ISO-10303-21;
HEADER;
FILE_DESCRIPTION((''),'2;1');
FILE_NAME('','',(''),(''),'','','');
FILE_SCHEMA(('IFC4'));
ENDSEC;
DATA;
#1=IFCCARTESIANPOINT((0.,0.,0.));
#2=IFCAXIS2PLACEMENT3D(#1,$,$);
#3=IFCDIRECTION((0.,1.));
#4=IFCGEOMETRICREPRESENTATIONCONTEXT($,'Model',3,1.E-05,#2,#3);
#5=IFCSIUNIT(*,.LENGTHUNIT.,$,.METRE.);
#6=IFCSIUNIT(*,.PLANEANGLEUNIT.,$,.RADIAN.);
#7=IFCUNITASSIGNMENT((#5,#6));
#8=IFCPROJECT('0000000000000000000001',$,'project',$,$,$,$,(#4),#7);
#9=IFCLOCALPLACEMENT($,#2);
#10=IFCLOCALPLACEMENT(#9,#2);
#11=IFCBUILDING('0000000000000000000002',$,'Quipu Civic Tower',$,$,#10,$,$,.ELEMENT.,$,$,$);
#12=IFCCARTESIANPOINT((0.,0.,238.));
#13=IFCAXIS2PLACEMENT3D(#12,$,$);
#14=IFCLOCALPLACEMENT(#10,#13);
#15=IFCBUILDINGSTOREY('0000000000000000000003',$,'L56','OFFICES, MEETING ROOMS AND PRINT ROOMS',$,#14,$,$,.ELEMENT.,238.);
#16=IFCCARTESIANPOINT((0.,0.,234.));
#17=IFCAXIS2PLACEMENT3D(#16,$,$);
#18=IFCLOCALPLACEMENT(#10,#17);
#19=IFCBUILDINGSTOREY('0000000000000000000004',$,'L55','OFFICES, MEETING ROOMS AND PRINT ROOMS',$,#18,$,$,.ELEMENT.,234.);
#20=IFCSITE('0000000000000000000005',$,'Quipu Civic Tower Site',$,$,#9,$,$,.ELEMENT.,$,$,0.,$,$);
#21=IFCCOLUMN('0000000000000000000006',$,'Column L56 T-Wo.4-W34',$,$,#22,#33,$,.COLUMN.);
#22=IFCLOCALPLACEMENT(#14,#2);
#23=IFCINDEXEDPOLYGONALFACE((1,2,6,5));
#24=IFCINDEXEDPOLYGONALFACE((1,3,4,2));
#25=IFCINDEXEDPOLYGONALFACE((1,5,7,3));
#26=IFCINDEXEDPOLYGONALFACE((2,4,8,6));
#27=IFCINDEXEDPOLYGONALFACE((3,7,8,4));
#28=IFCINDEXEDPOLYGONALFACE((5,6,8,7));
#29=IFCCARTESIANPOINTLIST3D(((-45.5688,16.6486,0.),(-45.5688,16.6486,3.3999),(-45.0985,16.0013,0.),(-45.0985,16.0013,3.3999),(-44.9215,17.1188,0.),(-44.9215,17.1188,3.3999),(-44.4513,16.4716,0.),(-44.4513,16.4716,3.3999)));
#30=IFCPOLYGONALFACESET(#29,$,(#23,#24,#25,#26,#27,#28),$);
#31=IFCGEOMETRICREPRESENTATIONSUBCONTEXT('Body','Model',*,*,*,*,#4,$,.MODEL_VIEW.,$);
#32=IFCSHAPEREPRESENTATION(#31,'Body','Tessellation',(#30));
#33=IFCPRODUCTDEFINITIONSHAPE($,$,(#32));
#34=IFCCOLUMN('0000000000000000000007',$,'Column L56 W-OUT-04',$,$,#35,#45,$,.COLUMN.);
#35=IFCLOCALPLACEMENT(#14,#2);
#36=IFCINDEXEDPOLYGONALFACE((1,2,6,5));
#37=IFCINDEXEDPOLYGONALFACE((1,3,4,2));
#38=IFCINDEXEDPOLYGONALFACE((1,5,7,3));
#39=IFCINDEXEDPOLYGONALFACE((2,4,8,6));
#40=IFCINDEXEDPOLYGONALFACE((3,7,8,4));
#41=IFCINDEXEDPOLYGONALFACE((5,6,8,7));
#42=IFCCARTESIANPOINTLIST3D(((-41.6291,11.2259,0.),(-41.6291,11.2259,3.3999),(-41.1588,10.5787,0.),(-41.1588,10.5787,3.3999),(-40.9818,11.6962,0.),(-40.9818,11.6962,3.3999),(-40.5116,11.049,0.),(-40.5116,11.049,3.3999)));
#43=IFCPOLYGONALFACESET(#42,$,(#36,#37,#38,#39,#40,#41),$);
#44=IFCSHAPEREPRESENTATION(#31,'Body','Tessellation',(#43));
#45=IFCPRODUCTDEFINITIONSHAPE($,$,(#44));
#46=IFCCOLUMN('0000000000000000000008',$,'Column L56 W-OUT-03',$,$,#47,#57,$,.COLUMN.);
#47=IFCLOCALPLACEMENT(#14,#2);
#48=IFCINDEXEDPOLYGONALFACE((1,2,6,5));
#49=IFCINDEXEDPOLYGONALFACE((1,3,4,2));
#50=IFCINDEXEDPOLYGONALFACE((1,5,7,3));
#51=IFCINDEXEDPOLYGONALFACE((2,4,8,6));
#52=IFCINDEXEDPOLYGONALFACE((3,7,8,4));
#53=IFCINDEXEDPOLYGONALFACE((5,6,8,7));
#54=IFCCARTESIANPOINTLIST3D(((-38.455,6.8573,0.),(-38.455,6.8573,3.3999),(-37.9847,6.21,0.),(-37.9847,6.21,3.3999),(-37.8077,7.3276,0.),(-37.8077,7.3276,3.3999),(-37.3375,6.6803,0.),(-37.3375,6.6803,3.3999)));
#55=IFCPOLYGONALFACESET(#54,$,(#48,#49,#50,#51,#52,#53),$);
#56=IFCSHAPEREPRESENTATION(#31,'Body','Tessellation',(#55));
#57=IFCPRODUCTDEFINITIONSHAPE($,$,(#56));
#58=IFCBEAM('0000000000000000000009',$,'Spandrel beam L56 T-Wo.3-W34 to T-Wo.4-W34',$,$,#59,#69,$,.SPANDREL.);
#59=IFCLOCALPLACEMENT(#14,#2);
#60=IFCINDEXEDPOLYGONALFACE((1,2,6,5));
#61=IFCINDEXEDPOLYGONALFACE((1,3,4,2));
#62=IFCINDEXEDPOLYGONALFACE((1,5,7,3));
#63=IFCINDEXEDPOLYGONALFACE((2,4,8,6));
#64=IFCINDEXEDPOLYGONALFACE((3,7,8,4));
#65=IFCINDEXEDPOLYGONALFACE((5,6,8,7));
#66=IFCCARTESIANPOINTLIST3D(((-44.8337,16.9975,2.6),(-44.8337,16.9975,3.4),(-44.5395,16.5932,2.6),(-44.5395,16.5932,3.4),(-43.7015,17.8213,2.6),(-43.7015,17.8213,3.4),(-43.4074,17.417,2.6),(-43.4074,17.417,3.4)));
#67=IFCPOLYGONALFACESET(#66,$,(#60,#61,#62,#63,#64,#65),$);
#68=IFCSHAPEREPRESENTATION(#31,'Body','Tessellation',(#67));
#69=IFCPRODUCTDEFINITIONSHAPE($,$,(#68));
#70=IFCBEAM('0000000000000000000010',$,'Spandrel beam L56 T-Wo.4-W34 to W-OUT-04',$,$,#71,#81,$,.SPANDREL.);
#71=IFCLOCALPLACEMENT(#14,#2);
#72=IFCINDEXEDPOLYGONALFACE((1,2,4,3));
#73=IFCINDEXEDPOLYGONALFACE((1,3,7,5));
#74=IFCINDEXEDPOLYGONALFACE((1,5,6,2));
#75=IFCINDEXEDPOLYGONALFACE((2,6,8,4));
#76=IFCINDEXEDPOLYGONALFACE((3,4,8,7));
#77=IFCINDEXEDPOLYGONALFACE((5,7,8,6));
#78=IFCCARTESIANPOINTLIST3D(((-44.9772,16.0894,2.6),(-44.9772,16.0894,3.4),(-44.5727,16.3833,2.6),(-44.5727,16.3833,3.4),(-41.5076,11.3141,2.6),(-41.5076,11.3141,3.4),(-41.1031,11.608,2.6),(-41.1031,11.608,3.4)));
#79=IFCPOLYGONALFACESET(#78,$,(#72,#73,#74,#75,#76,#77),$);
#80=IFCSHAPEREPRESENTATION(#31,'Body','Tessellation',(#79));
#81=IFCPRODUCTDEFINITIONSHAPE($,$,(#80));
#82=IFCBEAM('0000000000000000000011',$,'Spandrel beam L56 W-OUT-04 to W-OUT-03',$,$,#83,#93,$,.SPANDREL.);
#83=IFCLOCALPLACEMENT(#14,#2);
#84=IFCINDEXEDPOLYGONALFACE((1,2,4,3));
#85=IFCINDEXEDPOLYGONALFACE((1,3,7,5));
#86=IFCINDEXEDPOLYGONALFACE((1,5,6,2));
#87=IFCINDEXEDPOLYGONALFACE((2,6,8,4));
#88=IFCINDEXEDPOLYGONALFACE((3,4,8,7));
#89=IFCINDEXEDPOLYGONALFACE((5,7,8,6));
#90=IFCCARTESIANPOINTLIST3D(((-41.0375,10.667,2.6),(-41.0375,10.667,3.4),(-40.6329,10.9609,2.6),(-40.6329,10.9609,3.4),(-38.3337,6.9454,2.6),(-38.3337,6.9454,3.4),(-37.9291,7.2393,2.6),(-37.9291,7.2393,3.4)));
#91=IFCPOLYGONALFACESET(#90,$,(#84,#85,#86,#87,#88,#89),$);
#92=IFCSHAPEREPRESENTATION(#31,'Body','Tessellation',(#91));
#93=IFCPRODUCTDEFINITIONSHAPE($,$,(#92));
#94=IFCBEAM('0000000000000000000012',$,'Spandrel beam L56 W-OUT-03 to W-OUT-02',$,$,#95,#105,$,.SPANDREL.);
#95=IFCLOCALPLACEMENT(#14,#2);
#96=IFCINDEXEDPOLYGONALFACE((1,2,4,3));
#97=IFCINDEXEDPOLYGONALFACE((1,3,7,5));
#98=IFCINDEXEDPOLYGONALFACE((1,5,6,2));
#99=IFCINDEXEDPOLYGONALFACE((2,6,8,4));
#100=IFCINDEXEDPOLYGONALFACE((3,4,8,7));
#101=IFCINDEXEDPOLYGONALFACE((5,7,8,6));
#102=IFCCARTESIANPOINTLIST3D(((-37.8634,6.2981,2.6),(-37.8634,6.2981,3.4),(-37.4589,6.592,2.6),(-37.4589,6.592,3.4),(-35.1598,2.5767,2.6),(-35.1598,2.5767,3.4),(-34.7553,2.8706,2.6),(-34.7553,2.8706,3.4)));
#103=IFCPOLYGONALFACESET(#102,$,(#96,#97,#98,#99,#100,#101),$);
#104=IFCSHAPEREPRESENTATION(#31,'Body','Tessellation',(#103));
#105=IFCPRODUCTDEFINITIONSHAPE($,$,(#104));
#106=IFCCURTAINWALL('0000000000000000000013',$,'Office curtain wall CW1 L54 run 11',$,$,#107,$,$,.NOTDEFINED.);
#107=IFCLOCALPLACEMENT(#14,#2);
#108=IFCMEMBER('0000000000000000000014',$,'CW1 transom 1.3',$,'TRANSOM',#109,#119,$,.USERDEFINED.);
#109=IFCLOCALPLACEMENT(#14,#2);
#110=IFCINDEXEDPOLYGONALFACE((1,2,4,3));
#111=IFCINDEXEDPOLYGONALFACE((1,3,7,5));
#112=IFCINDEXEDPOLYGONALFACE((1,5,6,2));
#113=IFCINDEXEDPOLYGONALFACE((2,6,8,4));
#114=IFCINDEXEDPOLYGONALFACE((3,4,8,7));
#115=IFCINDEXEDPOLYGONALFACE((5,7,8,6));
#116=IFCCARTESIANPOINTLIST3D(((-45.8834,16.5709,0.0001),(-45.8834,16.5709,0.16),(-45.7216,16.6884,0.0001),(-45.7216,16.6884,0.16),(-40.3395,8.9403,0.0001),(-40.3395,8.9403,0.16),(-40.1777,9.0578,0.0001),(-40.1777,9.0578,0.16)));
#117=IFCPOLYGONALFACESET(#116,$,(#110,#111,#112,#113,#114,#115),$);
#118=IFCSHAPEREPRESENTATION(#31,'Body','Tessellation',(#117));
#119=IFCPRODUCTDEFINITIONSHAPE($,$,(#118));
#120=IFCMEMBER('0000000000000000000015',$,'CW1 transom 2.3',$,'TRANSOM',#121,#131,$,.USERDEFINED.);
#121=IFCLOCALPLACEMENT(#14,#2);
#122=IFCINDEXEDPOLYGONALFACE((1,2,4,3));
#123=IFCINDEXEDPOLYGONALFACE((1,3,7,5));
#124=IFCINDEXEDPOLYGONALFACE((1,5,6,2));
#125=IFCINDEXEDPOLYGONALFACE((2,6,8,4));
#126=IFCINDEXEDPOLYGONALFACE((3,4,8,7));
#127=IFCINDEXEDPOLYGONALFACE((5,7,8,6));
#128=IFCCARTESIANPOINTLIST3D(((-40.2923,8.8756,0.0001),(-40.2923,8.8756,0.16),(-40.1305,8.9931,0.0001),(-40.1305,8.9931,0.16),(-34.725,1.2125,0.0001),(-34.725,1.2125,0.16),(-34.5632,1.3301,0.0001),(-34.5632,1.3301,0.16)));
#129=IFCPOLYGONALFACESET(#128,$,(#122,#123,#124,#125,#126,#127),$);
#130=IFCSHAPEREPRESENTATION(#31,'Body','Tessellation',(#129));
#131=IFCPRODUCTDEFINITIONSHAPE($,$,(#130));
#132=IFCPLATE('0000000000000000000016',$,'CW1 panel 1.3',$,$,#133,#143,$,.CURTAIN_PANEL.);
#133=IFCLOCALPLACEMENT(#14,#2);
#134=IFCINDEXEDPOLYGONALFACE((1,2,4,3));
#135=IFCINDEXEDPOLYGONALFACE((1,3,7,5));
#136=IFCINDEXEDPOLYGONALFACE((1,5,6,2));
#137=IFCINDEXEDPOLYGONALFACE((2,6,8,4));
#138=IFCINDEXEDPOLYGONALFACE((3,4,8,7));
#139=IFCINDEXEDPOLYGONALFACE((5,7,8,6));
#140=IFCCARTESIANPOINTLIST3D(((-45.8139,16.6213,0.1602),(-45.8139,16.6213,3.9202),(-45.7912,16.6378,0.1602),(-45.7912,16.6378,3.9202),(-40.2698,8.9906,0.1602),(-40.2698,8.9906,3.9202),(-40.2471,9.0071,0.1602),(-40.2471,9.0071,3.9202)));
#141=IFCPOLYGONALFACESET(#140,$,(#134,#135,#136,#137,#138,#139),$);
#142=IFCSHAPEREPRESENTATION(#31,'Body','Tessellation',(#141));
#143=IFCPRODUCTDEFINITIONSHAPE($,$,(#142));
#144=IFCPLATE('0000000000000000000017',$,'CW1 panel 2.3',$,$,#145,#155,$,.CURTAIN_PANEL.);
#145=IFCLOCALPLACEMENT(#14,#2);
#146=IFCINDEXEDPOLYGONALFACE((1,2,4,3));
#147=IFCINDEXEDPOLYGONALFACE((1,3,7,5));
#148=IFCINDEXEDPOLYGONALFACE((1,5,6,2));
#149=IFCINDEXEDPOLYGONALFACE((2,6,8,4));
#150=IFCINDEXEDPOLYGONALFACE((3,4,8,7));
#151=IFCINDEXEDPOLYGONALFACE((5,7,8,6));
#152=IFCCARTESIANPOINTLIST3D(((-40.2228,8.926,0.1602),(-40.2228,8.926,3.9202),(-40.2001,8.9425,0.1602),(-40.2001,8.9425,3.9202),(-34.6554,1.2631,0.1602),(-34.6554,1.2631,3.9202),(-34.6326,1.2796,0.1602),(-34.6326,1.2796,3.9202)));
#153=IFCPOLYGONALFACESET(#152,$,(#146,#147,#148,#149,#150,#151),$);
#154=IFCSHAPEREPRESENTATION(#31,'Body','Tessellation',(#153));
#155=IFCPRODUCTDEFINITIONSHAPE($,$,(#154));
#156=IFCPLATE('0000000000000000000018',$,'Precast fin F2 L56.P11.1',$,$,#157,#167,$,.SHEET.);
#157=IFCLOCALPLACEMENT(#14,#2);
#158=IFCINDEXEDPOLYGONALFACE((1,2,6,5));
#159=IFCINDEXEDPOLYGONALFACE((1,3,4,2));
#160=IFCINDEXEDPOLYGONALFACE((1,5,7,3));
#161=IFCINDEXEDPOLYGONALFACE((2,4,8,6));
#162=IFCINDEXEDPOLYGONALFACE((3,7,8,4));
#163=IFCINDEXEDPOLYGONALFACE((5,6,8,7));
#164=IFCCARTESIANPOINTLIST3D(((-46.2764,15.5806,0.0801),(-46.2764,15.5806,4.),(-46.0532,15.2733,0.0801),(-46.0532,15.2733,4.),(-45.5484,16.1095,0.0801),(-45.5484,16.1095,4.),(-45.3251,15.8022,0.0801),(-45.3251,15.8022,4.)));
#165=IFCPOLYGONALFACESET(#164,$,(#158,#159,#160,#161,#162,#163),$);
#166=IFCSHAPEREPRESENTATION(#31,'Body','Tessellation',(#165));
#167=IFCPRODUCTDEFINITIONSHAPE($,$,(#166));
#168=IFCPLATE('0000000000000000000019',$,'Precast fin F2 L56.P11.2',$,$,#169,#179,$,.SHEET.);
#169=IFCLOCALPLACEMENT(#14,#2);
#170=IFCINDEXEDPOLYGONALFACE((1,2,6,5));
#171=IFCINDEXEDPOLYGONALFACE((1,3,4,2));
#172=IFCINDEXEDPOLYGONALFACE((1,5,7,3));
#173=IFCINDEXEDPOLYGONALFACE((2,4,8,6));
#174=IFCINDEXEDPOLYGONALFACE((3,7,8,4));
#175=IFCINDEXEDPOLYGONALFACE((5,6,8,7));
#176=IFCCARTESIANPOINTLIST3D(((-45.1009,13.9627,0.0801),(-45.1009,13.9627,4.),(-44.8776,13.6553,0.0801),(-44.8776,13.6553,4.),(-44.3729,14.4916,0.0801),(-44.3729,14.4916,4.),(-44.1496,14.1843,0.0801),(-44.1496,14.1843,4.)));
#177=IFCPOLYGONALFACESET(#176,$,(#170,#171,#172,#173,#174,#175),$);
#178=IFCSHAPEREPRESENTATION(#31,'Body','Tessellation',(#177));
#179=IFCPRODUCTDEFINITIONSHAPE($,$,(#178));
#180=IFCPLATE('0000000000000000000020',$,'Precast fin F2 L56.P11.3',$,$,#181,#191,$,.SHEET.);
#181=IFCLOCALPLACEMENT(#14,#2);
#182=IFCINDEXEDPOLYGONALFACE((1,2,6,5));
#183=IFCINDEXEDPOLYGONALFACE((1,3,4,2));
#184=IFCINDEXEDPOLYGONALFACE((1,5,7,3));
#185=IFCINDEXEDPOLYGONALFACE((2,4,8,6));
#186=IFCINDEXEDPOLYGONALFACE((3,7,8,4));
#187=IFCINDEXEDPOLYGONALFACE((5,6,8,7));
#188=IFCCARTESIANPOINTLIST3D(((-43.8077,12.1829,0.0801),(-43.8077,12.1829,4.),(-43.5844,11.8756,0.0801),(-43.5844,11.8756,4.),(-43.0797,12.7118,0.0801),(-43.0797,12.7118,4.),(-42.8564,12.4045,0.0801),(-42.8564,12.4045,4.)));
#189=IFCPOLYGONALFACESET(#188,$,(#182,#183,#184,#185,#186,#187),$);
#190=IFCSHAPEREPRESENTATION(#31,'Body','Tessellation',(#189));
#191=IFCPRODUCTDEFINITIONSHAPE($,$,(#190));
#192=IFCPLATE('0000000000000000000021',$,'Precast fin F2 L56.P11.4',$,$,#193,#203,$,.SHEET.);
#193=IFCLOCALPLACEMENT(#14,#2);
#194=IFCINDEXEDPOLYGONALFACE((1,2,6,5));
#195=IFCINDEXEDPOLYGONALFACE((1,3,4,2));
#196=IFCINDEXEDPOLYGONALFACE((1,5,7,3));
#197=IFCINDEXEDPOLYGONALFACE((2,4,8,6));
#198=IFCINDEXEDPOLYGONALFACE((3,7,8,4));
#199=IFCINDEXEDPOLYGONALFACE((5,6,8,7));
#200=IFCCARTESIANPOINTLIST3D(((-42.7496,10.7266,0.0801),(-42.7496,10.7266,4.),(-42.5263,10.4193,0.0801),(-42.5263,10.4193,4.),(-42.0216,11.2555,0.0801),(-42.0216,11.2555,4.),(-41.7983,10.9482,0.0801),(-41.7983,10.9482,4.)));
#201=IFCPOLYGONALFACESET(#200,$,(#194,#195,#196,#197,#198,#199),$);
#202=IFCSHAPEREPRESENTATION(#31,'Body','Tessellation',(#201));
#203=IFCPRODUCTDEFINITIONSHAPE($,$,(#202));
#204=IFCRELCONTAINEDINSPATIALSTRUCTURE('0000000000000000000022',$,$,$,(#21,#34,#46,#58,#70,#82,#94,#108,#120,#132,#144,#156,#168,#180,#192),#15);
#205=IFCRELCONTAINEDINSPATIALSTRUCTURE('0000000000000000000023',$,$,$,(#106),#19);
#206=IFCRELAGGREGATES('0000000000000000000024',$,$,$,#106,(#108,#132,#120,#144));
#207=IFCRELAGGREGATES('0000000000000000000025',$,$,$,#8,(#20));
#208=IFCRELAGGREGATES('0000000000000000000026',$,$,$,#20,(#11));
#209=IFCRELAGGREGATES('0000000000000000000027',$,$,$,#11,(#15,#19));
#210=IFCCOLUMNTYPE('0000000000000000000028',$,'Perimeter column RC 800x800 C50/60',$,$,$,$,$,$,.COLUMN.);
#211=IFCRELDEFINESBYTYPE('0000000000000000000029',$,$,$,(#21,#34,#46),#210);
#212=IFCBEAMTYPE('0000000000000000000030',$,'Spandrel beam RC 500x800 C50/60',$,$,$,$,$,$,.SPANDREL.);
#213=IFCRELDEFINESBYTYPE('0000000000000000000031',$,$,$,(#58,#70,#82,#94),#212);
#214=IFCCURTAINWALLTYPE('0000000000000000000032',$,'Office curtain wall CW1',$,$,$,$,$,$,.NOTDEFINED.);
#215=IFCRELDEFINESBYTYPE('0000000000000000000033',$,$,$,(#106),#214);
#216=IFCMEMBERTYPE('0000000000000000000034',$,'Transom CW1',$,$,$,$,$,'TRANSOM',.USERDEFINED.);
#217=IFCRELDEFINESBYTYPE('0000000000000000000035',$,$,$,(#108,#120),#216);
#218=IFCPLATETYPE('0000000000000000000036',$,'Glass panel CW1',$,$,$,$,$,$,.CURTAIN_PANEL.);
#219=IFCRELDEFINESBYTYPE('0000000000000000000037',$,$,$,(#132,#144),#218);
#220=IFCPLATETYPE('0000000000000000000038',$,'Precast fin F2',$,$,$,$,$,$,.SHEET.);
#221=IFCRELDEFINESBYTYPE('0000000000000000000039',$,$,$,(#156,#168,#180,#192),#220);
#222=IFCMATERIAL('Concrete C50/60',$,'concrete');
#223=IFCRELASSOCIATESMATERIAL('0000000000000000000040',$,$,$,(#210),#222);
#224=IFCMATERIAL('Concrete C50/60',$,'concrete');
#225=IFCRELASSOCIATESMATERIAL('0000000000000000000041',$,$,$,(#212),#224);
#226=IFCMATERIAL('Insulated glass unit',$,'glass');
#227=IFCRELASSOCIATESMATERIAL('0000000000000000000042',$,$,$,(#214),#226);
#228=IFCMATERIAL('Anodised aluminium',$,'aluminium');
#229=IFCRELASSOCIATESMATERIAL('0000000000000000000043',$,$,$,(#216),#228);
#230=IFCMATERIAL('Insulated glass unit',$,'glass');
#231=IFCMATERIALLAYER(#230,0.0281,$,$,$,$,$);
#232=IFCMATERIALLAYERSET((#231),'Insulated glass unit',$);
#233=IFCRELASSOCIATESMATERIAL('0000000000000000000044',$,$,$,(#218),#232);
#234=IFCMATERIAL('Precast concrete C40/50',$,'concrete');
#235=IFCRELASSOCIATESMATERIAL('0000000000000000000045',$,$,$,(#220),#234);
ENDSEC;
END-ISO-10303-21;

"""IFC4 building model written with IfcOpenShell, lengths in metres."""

from ifc_helpers import new_model, si_unit, direction, frame, origin, origin_2d, place, context, subcontext, project, spatial, rectangle, extrude, material, layer, layer_set, material_profile, profile_set, type_object, element, aggregate, save


model = new_model("IFC4")

# Units and contexts
model_context = context("Model", 3, precision=1e-05, world=origin(), true_north=direction((0.0, 1.0)))
body_context = subcontext(model_context, "Body", "Model", "MODEL_VIEW")
ifc_project = project(units=[si_unit("LENGTHUNIT", "METRE"), si_unit("PLANEANGLEUNIT", "RADIAN")], contexts=[model_context])

# Site, building, storey
site_placement = place(None, origin())
site = spatial("IfcSite", under=ifc_project, at=site_placement, Name="Quipu Civic Tower Site", CompositionType="ELEMENT", RefElevation=0.0)
building_placement = place(site_placement, origin())
building = spatial("IfcBuilding", under=site, at=building_placement, Name="Quipu Civic Tower", CompositionType="ELEMENT")
storey_1_placement = place(building_placement, frame((0.0, 0.0, 238.0)))
storey_1 = spatial("IfcBuildingStorey", under=building, at=storey_1_placement, Name="L56", Description="OFFICES, MEETING ROOMS AND PRINT ROOMS", CompositionType="ELEMENT", Elevation=238.0)

# Columns
ifc_material_1 = material(Name="Concrete C50/60", Category="concrete")
ifc_material_profile_1 = material_profile(ifc_material_1, rectangle(XDim=0.8, YDim=0.8, at=origin_2d()), Name="RC800x800")
ifc_profile_set_1 = profile_set([ifc_material_profile_1], Name="Concrete C50/60")
column_type = type_object("IfcColumnType", Name="Perimeter column RC 800x800 C50/60", PredefinedType="COLUMN", material=ifc_profile_set_1)
for number, where, z_axis, x_axis, name in (
    (1, (-45.01, 16.5601, 0.0), (0.0, 0.0, 1.0), (0.587785, -0.809017, 0.0), "Column L56 T-Wo.4-W34"),
    (2, (-41.0703, 11.1375, 0.0), (0.0, 0.0, 1.0), (0.587785, -0.809017, 0.0), "Column L56 W-OUT-04"),
    (3, (-37.8962, 6.7688, 0.0), (0.0, 0.0, 1.0), (0.587785, -0.809017, 0.0), "Column L56 W-OUT-03"),
):
    element("IfcColumn", number, at=place(storey_1_placement, frame(where, z_axis=z_axis, x_axis=x_axis)), inside=storey_1, type_object=column_type, Name=name, PredefinedType="COLUMN", context=body_context, shape_type="SweptSolid", body=[
        extrude(rectangle(XDim=0.8, YDim=0.8, at=origin_2d()), origin(), (0.0, 0.0, 1.0), 3.3999),
    ])

# Beams
ifc_material_2 = material(Name="Concrete C50/60", Category="concrete")
ifc_material_profile_2 = material_profile(ifc_material_2, rectangle(XDim=0.5, YDim=0.8, at=origin_2d()), Name="RC500x800")
ifc_profile_set_2 = profile_set([ifc_material_profile_2], Name="Concrete C50/60")
beam_type = type_object("IfcBeamType", Name="Spandrel beam RC 500x800 C50/60", PredefinedType="SPANDREL", material=ifc_profile_set_2)
beam_1_placement = place(storey_1_placement, frame((-43.5544, 17.6191, 3.0), z_axis=(-0.8086, -0.588358, 0.0), x_axis=(0.588358, -0.8086, 0.0)))
element("IfcBeam", 4, at=beam_1_placement, inside=storey_1, type_object=beam_type, Name="Spandrel beam L56 T-Wo.3-W34 to T-Wo.4-W34", PredefinedType="SPANDREL", context=body_context, shape_type="SweptSolid", body=[
    extrude(rectangle(XDim=0.5, YDim=0.8, at=origin_2d()), origin(), (0.0, 0.0, 1.0), 1.4001),
])
beam_2_placement = place(storey_1_placement, frame((-44.7749, 16.2363, 3.0), z_axis=(0.5878, -0.809006, 0.0), x_axis=(0.809006, 0.5878, 0.0)))
element("IfcBeam", 5, at=beam_2_placement, inside=storey_1, type_object=beam_type, Name="Spandrel beam L56 T-Wo.4-W34 to W-OUT-04", PredefinedType="SPANDREL", context=body_context, shape_type="SweptSolid", body=[
    extrude(rectangle(XDim=0.5, YDim=0.8, at=origin_2d()), origin(), (0.0, 0.0, 1.0), 5.9026),
])
beam_3_placement = place(storey_1_placement, frame((-40.8352, 10.814, 3.0), z_axis=(0.587771, -0.809027, 0.0), x_axis=(0.809027, 0.587771, 0.0)))
element("IfcBeam", 6, at=beam_3_placement, inside=storey_1, type_object=beam_type, Name="Spandrel beam L56 W-OUT-04 to W-OUT-03", PredefinedType="SPANDREL", context=body_context, shape_type="SweptSolid", body=[
    extrude(rectangle(XDim=0.5, YDim=0.8, at=origin_2d()), origin(), (0.0, 0.0, 1.0), 4.6001),
])
beam_4_placement = place(storey_1_placement, frame((-37.6611, 6.4451, 3.0), z_axis=(0.587761, -0.809034, 0.0), x_axis=(0.809034, 0.587761, 0.0)))
element("IfcBeam", 7, at=beam_4_placement, inside=storey_1, type_object=beam_type, Name="Spandrel beam L56 W-OUT-03 to W-OUT-02", PredefinedType="SPANDREL", context=body_context, shape_type="SweptSolid", body=[
    extrude(rectangle(XDim=0.5, YDim=0.8, at=origin_2d()), origin(), (0.0, 0.0, 1.0), 4.5999),
])

# Shared definitions
storey_2_placement = place(building_placement, frame((0.0, 0.0, 234.0)))
storey_2 = spatial("IfcBuildingStorey", under=building, at=storey_2_placement, Name="L55", Description="OFFICES, MEETING ROOMS AND PRINT ROOMS", CompositionType="ELEMENT", Elevation=234.0)

# Curtain wall, members, plates
ifc_material_3 = material(Name="Insulated glass unit", Category="glass")
curtain_wall_type = type_object("IfcCurtainWallType", Name="Office curtain wall CW1", PredefinedType="NOTDEFINED", material=ifc_material_3)
curtain_wall_placement = place(storey_2_placement, origin())
curtain_wall = element("IfcCurtainWall", 8, at=curtain_wall_placement, inside=storey_2, type_object=curtain_wall_type, Name="Office curtain wall CW1 L54 run 11", PredefinedType="NOTDEFINED")
ifc_material_4 = material(Name="Anodised aluminium", Category="aluminium")
ifc_material_profile_3 = material_profile(ifc_material_4, rectangle(XDim=0.2, YDim=0.1599, at=origin_2d()), Name="RECT 200x160")
ifc_profile_set_3 = profile_set([ifc_material_profile_3], Name="Anodised aluminium")
member_type = type_object("IfcMemberType", Name="Transom CW1", ElementType="TRANSOM", PredefinedType="USERDEFINED", material=ifc_profile_set_3)
member_1_placement = place(storey_1_placement, frame((-45.8025, 16.6296, 0.0801), z_axis=(0.587784, -0.809018, 0.0), x_axis=(0.809018, 0.587784, 0.0)))
member_1 = element("IfcMember", 9, at=member_1_placement, inside=storey_1, type_object=member_type, Name="CW1 transom 1.3", ObjectType="TRANSOM", PredefinedType="USERDEFINED", context=body_context, shape_type="SweptSolid", body=[
    extrude(rectangle(XDim=0.2, YDim=0.1599, at=origin_2d()), origin(), (0.0, 0.0, 1.0), 9.4319),
])
member_2_placement = place(storey_1_placement, frame((-40.2114, 8.9343, 0.0801), z_axis=(0.587773, -0.809026, 0.0), x_axis=(0.809026, 0.587773, 0.0)))
member_2 = element("IfcMember", 10, at=member_2_placement, inside=storey_1, type_object=member_type, Name="CW1 transom 2.3", ObjectType="TRANSOM", PredefinedType="USERDEFINED", context=body_context, shape_type="SweptSolid", body=[
    extrude(rectangle(XDim=0.2, YDim=0.1599, at=origin_2d()), origin(), (0.0, 0.0, 1.0), 9.4719),
])
ifc_material_5 = material(Name="Insulated glass unit", Category="glass")
ifc_layer_1 = layer(ifc_material_5, 0.0281)
ifc_layer_set_1 = layer_set([ifc_layer_1], Name="Insulated glass unit")
plate_type_1 = type_object("IfcPlateType", Name="Glass panel CW1", PredefinedType="CURTAIN_PANEL", material=ifc_layer_set_1)
plate_1_placement = place(storey_1_placement, frame((-43.0305, 12.8142, 0.1602), z_axis=(0.0, 0.0, 1.0), x_axis=(0.587786, -0.809017, 0.0)))
plate_1 = element("IfcPlate", 11, at=plate_1_placement, inside=storey_1, type_object=plate_type_1, Name="CW1 panel 1.3", PredefinedType="CURTAIN_PANEL", context=body_context, shape_type="SweptSolid", body=[
    extrude(rectangle(XDim=9.4321, YDim=0.0281, at=origin_2d()), origin(), (0.0, 0.0, 1.0), 3.76),
])
plate_2_placement = place(storey_1_placement, frame((-37.4277, 5.1028, 0.1602), z_axis=(0.0, 0.0, 1.0), x_axis=(0.587786, -0.809017, 0.0)))
plate_2 = element("IfcPlate", 12, at=plate_2_placement, inside=storey_1, type_object=plate_type_1, Name="CW1 panel 2.3", PredefinedType="CURTAIN_PANEL", context=body_context, shape_type="SweptSolid", body=[
    extrude(rectangle(XDim=9.4719, YDim=0.0281, at=origin_2d()), origin(), (0.0, 0.0, 1.0), 3.76),
])
aggregate(curtain_wall, [member_1, plate_1, member_2, plate_2])

# Plates
ifc_material_6 = material(Name="Precast concrete C40/50", Category="concrete")
plate_type_2 = type_object("IfcPlateType", Name="Precast fin F2", PredefinedType="SHEET", material=ifc_material_6)
for number, where, z_axis, x_axis, name in (
    (13, (-45.8008, 15.6914, 0.0801), (0.0, 0.0, 1.0), (0.587786, -0.809017, 0.0), "Precast fin F2 L56.P11.1"),
    (14, (-44.6252, 14.0735, 0.0801), (0.0, 0.0, 1.0), (0.587786, -0.809017, 0.0), "Precast fin F2 L56.P11.2"),
    (15, (-43.332, 12.2937, 0.0801), (0.0, 0.0, 1.0), (0.587786, -0.809017, 0.0), "Precast fin F2 L56.P11.3"),
    (16, (-42.2739, 10.8374, 0.0801), (0.0, 0.0, 1.0), (0.587786, -0.809017, 0.0), "Precast fin F2 L56.P11.4"),
):
    element("IfcPlate", number, at=place(storey_1_placement, frame(where, z_axis=z_axis, x_axis=x_axis)), inside=storey_1, type_object=plate_type_2, Name=name, PredefinedType="SHEET", context=body_context, shape_type="SweptSolid", body=[
        extrude(rectangle(XDim=0.3799, YDim=0.8999, at=origin_2d()), origin(), (0.0, 0.0, 1.0), 3.9199),
    ])

save(model, "model.ifc")
